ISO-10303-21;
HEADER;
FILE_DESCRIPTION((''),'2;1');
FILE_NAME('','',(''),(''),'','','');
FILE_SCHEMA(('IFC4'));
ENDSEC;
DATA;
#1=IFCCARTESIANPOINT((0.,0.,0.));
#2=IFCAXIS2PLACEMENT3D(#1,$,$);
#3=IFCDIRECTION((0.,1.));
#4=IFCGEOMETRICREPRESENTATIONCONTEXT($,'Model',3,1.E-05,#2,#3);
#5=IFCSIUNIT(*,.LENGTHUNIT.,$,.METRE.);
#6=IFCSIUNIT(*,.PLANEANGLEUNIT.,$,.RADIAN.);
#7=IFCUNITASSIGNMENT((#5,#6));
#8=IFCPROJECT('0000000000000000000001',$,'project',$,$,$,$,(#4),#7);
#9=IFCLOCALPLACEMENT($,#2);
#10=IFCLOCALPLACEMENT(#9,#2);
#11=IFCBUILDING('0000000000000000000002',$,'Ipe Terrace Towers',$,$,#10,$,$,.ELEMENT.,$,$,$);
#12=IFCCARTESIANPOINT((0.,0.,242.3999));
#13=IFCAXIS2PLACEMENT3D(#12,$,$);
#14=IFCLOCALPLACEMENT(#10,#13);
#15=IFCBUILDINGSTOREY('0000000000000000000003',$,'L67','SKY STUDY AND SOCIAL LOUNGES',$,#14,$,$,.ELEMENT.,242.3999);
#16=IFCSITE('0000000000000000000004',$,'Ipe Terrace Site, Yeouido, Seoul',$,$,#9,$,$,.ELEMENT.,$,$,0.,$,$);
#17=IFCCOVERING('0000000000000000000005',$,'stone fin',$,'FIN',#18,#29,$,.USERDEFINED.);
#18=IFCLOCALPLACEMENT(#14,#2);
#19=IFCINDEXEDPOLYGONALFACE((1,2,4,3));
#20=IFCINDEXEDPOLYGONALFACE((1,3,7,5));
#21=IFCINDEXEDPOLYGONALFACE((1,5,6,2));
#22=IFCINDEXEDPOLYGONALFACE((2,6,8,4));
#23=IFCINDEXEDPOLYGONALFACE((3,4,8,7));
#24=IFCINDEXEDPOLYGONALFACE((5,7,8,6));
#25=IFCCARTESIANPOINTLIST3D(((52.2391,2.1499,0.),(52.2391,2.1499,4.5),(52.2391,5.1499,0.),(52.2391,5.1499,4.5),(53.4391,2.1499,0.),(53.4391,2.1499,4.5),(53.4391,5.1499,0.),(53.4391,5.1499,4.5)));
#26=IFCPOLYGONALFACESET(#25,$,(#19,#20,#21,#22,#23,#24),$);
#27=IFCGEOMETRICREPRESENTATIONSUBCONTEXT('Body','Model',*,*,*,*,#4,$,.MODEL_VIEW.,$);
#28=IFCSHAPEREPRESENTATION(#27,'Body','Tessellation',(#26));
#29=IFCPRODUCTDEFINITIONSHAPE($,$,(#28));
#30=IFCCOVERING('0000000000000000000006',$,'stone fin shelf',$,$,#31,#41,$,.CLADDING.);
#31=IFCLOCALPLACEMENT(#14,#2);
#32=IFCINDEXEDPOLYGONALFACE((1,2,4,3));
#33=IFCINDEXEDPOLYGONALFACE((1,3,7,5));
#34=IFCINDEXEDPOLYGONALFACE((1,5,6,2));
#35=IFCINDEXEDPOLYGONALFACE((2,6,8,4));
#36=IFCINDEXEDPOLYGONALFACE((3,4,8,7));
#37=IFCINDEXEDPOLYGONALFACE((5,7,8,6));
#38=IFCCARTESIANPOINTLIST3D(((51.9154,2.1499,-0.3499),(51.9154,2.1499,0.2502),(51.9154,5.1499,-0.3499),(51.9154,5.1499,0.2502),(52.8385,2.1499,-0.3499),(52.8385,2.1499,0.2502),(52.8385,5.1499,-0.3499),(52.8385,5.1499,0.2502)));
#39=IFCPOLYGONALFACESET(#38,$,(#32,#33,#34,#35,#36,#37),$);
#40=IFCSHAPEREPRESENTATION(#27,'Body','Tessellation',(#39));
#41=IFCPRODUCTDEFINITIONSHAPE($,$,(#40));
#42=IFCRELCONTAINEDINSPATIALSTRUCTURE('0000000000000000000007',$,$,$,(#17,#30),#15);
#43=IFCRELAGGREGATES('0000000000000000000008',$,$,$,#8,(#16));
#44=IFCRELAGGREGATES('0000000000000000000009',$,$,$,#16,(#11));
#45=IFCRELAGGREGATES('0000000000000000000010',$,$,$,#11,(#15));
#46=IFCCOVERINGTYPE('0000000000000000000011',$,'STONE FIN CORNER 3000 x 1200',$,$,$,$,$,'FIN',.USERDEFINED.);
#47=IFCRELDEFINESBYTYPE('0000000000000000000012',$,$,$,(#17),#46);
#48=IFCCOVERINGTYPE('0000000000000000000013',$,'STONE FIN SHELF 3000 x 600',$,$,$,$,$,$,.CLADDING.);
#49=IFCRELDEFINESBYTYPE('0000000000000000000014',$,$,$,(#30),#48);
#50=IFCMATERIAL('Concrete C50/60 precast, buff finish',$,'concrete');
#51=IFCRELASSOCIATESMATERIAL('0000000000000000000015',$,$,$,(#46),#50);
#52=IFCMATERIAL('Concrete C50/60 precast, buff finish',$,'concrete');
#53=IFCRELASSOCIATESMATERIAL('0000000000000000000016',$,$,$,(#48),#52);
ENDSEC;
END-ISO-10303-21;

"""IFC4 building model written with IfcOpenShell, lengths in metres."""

from ifc_helpers import new_model, si_unit, direction, frame, origin, origin_2d, place, context, subcontext, project, spatial, rectangle, extrude, material, material_profile, profile_set, type_object, element, save


model = new_model("IFC4")

# Units and contexts
model_context = context("Model", 3, precision=1e-05, world=origin(), true_north=direction((0.0, 1.0)))
body_context = subcontext(model_context, "Body", "Model", "MODEL_VIEW")
ifc_project = project(units=[si_unit("LENGTHUNIT", "METRE"), si_unit("PLANEANGLEUNIT", "RADIAN")], contexts=[model_context])

# Site, building, storey
site_placement = place(None, origin())
site = spatial("IfcSite", under=ifc_project, at=site_placement, Name="Ipe Terrace Site, Yeouido, Seoul", CompositionType="ELEMENT", RefElevation=0.0)
building_placement = place(site_placement, origin())
building = spatial("IfcBuilding", under=site, at=building_placement, Name="Ipe Terrace Towers", CompositionType="ELEMENT")
storey_placement = place(building_placement, frame((0.0, 0.0, 242.3999)))
storey = spatial("IfcBuildingStorey", under=building, at=storey_placement, Name="L67", Description="SKY STUDY AND SOCIAL LOUNGES", CompositionType="ELEMENT", Elevation=242.3999)

# Coverings
ifc_material_1 = material(Name="Concrete C50/60 precast, buff finish", Category="concrete")
ifc_material_profile_1 = material_profile(ifc_material_1, rectangle(XDim=3.0, YDim=1.2, at=origin_2d()), Name="STONE FIN CORNER 3000 x 1200")
ifc_profile_set_1 = profile_set([ifc_material_profile_1], Name="Concrete C50/60 precast, buff finish")
covering_type_1 = type_object("IfcCoveringType", Name="STONE FIN CORNER 3000 x 1200", ElementType="FIN", PredefinedType="USERDEFINED", material=ifc_profile_set_1)
covering_1_placement = place(storey_placement, frame((52.8391, 3.6499, 0.0), z_axis=(0.0, 0.0, 1.0), x_axis=(0.0, 1.0, 0.0)))
element("IfcCovering", 1, at=covering_1_placement, inside=storey, type_object=covering_type_1, Name="stone fin", ObjectType="FIN", PredefinedType="USERDEFINED", context=body_context, shape_type="SweptSolid", body=[
    extrude(rectangle(XDim=3.0, YDim=1.2, at=origin_2d()), origin(), (0.0, 0.0, 1.0), 4.5),
])
ifc_material_2 = material(Name="Concrete C50/60 precast, buff finish", Category="concrete")
covering_type_2 = type_object("IfcCoveringType", Name="STONE FIN SHELF 3000 x 600", PredefinedType="CLADDING", material=ifc_material_2)
covering_2_placement = place(storey_placement, frame((52.377, 3.6499, -0.3499), z_axis=(0.0, 0.0, 1.0), x_axis=(0.0, 1.0, 0.0)))
element("IfcCovering", 2, at=covering_2_placement, inside=storey, type_object=covering_type_2, Name="stone fin shelf", PredefinedType="CLADDING", context=body_context, shape_type="SweptSolid", body=[
    extrude(rectangle(XDim=3.0, YDim=0.9231, at=origin_2d()), origin(), (0.0, 0.0, 1.0), 0.6001),
])

save(model, "model.ifc")
